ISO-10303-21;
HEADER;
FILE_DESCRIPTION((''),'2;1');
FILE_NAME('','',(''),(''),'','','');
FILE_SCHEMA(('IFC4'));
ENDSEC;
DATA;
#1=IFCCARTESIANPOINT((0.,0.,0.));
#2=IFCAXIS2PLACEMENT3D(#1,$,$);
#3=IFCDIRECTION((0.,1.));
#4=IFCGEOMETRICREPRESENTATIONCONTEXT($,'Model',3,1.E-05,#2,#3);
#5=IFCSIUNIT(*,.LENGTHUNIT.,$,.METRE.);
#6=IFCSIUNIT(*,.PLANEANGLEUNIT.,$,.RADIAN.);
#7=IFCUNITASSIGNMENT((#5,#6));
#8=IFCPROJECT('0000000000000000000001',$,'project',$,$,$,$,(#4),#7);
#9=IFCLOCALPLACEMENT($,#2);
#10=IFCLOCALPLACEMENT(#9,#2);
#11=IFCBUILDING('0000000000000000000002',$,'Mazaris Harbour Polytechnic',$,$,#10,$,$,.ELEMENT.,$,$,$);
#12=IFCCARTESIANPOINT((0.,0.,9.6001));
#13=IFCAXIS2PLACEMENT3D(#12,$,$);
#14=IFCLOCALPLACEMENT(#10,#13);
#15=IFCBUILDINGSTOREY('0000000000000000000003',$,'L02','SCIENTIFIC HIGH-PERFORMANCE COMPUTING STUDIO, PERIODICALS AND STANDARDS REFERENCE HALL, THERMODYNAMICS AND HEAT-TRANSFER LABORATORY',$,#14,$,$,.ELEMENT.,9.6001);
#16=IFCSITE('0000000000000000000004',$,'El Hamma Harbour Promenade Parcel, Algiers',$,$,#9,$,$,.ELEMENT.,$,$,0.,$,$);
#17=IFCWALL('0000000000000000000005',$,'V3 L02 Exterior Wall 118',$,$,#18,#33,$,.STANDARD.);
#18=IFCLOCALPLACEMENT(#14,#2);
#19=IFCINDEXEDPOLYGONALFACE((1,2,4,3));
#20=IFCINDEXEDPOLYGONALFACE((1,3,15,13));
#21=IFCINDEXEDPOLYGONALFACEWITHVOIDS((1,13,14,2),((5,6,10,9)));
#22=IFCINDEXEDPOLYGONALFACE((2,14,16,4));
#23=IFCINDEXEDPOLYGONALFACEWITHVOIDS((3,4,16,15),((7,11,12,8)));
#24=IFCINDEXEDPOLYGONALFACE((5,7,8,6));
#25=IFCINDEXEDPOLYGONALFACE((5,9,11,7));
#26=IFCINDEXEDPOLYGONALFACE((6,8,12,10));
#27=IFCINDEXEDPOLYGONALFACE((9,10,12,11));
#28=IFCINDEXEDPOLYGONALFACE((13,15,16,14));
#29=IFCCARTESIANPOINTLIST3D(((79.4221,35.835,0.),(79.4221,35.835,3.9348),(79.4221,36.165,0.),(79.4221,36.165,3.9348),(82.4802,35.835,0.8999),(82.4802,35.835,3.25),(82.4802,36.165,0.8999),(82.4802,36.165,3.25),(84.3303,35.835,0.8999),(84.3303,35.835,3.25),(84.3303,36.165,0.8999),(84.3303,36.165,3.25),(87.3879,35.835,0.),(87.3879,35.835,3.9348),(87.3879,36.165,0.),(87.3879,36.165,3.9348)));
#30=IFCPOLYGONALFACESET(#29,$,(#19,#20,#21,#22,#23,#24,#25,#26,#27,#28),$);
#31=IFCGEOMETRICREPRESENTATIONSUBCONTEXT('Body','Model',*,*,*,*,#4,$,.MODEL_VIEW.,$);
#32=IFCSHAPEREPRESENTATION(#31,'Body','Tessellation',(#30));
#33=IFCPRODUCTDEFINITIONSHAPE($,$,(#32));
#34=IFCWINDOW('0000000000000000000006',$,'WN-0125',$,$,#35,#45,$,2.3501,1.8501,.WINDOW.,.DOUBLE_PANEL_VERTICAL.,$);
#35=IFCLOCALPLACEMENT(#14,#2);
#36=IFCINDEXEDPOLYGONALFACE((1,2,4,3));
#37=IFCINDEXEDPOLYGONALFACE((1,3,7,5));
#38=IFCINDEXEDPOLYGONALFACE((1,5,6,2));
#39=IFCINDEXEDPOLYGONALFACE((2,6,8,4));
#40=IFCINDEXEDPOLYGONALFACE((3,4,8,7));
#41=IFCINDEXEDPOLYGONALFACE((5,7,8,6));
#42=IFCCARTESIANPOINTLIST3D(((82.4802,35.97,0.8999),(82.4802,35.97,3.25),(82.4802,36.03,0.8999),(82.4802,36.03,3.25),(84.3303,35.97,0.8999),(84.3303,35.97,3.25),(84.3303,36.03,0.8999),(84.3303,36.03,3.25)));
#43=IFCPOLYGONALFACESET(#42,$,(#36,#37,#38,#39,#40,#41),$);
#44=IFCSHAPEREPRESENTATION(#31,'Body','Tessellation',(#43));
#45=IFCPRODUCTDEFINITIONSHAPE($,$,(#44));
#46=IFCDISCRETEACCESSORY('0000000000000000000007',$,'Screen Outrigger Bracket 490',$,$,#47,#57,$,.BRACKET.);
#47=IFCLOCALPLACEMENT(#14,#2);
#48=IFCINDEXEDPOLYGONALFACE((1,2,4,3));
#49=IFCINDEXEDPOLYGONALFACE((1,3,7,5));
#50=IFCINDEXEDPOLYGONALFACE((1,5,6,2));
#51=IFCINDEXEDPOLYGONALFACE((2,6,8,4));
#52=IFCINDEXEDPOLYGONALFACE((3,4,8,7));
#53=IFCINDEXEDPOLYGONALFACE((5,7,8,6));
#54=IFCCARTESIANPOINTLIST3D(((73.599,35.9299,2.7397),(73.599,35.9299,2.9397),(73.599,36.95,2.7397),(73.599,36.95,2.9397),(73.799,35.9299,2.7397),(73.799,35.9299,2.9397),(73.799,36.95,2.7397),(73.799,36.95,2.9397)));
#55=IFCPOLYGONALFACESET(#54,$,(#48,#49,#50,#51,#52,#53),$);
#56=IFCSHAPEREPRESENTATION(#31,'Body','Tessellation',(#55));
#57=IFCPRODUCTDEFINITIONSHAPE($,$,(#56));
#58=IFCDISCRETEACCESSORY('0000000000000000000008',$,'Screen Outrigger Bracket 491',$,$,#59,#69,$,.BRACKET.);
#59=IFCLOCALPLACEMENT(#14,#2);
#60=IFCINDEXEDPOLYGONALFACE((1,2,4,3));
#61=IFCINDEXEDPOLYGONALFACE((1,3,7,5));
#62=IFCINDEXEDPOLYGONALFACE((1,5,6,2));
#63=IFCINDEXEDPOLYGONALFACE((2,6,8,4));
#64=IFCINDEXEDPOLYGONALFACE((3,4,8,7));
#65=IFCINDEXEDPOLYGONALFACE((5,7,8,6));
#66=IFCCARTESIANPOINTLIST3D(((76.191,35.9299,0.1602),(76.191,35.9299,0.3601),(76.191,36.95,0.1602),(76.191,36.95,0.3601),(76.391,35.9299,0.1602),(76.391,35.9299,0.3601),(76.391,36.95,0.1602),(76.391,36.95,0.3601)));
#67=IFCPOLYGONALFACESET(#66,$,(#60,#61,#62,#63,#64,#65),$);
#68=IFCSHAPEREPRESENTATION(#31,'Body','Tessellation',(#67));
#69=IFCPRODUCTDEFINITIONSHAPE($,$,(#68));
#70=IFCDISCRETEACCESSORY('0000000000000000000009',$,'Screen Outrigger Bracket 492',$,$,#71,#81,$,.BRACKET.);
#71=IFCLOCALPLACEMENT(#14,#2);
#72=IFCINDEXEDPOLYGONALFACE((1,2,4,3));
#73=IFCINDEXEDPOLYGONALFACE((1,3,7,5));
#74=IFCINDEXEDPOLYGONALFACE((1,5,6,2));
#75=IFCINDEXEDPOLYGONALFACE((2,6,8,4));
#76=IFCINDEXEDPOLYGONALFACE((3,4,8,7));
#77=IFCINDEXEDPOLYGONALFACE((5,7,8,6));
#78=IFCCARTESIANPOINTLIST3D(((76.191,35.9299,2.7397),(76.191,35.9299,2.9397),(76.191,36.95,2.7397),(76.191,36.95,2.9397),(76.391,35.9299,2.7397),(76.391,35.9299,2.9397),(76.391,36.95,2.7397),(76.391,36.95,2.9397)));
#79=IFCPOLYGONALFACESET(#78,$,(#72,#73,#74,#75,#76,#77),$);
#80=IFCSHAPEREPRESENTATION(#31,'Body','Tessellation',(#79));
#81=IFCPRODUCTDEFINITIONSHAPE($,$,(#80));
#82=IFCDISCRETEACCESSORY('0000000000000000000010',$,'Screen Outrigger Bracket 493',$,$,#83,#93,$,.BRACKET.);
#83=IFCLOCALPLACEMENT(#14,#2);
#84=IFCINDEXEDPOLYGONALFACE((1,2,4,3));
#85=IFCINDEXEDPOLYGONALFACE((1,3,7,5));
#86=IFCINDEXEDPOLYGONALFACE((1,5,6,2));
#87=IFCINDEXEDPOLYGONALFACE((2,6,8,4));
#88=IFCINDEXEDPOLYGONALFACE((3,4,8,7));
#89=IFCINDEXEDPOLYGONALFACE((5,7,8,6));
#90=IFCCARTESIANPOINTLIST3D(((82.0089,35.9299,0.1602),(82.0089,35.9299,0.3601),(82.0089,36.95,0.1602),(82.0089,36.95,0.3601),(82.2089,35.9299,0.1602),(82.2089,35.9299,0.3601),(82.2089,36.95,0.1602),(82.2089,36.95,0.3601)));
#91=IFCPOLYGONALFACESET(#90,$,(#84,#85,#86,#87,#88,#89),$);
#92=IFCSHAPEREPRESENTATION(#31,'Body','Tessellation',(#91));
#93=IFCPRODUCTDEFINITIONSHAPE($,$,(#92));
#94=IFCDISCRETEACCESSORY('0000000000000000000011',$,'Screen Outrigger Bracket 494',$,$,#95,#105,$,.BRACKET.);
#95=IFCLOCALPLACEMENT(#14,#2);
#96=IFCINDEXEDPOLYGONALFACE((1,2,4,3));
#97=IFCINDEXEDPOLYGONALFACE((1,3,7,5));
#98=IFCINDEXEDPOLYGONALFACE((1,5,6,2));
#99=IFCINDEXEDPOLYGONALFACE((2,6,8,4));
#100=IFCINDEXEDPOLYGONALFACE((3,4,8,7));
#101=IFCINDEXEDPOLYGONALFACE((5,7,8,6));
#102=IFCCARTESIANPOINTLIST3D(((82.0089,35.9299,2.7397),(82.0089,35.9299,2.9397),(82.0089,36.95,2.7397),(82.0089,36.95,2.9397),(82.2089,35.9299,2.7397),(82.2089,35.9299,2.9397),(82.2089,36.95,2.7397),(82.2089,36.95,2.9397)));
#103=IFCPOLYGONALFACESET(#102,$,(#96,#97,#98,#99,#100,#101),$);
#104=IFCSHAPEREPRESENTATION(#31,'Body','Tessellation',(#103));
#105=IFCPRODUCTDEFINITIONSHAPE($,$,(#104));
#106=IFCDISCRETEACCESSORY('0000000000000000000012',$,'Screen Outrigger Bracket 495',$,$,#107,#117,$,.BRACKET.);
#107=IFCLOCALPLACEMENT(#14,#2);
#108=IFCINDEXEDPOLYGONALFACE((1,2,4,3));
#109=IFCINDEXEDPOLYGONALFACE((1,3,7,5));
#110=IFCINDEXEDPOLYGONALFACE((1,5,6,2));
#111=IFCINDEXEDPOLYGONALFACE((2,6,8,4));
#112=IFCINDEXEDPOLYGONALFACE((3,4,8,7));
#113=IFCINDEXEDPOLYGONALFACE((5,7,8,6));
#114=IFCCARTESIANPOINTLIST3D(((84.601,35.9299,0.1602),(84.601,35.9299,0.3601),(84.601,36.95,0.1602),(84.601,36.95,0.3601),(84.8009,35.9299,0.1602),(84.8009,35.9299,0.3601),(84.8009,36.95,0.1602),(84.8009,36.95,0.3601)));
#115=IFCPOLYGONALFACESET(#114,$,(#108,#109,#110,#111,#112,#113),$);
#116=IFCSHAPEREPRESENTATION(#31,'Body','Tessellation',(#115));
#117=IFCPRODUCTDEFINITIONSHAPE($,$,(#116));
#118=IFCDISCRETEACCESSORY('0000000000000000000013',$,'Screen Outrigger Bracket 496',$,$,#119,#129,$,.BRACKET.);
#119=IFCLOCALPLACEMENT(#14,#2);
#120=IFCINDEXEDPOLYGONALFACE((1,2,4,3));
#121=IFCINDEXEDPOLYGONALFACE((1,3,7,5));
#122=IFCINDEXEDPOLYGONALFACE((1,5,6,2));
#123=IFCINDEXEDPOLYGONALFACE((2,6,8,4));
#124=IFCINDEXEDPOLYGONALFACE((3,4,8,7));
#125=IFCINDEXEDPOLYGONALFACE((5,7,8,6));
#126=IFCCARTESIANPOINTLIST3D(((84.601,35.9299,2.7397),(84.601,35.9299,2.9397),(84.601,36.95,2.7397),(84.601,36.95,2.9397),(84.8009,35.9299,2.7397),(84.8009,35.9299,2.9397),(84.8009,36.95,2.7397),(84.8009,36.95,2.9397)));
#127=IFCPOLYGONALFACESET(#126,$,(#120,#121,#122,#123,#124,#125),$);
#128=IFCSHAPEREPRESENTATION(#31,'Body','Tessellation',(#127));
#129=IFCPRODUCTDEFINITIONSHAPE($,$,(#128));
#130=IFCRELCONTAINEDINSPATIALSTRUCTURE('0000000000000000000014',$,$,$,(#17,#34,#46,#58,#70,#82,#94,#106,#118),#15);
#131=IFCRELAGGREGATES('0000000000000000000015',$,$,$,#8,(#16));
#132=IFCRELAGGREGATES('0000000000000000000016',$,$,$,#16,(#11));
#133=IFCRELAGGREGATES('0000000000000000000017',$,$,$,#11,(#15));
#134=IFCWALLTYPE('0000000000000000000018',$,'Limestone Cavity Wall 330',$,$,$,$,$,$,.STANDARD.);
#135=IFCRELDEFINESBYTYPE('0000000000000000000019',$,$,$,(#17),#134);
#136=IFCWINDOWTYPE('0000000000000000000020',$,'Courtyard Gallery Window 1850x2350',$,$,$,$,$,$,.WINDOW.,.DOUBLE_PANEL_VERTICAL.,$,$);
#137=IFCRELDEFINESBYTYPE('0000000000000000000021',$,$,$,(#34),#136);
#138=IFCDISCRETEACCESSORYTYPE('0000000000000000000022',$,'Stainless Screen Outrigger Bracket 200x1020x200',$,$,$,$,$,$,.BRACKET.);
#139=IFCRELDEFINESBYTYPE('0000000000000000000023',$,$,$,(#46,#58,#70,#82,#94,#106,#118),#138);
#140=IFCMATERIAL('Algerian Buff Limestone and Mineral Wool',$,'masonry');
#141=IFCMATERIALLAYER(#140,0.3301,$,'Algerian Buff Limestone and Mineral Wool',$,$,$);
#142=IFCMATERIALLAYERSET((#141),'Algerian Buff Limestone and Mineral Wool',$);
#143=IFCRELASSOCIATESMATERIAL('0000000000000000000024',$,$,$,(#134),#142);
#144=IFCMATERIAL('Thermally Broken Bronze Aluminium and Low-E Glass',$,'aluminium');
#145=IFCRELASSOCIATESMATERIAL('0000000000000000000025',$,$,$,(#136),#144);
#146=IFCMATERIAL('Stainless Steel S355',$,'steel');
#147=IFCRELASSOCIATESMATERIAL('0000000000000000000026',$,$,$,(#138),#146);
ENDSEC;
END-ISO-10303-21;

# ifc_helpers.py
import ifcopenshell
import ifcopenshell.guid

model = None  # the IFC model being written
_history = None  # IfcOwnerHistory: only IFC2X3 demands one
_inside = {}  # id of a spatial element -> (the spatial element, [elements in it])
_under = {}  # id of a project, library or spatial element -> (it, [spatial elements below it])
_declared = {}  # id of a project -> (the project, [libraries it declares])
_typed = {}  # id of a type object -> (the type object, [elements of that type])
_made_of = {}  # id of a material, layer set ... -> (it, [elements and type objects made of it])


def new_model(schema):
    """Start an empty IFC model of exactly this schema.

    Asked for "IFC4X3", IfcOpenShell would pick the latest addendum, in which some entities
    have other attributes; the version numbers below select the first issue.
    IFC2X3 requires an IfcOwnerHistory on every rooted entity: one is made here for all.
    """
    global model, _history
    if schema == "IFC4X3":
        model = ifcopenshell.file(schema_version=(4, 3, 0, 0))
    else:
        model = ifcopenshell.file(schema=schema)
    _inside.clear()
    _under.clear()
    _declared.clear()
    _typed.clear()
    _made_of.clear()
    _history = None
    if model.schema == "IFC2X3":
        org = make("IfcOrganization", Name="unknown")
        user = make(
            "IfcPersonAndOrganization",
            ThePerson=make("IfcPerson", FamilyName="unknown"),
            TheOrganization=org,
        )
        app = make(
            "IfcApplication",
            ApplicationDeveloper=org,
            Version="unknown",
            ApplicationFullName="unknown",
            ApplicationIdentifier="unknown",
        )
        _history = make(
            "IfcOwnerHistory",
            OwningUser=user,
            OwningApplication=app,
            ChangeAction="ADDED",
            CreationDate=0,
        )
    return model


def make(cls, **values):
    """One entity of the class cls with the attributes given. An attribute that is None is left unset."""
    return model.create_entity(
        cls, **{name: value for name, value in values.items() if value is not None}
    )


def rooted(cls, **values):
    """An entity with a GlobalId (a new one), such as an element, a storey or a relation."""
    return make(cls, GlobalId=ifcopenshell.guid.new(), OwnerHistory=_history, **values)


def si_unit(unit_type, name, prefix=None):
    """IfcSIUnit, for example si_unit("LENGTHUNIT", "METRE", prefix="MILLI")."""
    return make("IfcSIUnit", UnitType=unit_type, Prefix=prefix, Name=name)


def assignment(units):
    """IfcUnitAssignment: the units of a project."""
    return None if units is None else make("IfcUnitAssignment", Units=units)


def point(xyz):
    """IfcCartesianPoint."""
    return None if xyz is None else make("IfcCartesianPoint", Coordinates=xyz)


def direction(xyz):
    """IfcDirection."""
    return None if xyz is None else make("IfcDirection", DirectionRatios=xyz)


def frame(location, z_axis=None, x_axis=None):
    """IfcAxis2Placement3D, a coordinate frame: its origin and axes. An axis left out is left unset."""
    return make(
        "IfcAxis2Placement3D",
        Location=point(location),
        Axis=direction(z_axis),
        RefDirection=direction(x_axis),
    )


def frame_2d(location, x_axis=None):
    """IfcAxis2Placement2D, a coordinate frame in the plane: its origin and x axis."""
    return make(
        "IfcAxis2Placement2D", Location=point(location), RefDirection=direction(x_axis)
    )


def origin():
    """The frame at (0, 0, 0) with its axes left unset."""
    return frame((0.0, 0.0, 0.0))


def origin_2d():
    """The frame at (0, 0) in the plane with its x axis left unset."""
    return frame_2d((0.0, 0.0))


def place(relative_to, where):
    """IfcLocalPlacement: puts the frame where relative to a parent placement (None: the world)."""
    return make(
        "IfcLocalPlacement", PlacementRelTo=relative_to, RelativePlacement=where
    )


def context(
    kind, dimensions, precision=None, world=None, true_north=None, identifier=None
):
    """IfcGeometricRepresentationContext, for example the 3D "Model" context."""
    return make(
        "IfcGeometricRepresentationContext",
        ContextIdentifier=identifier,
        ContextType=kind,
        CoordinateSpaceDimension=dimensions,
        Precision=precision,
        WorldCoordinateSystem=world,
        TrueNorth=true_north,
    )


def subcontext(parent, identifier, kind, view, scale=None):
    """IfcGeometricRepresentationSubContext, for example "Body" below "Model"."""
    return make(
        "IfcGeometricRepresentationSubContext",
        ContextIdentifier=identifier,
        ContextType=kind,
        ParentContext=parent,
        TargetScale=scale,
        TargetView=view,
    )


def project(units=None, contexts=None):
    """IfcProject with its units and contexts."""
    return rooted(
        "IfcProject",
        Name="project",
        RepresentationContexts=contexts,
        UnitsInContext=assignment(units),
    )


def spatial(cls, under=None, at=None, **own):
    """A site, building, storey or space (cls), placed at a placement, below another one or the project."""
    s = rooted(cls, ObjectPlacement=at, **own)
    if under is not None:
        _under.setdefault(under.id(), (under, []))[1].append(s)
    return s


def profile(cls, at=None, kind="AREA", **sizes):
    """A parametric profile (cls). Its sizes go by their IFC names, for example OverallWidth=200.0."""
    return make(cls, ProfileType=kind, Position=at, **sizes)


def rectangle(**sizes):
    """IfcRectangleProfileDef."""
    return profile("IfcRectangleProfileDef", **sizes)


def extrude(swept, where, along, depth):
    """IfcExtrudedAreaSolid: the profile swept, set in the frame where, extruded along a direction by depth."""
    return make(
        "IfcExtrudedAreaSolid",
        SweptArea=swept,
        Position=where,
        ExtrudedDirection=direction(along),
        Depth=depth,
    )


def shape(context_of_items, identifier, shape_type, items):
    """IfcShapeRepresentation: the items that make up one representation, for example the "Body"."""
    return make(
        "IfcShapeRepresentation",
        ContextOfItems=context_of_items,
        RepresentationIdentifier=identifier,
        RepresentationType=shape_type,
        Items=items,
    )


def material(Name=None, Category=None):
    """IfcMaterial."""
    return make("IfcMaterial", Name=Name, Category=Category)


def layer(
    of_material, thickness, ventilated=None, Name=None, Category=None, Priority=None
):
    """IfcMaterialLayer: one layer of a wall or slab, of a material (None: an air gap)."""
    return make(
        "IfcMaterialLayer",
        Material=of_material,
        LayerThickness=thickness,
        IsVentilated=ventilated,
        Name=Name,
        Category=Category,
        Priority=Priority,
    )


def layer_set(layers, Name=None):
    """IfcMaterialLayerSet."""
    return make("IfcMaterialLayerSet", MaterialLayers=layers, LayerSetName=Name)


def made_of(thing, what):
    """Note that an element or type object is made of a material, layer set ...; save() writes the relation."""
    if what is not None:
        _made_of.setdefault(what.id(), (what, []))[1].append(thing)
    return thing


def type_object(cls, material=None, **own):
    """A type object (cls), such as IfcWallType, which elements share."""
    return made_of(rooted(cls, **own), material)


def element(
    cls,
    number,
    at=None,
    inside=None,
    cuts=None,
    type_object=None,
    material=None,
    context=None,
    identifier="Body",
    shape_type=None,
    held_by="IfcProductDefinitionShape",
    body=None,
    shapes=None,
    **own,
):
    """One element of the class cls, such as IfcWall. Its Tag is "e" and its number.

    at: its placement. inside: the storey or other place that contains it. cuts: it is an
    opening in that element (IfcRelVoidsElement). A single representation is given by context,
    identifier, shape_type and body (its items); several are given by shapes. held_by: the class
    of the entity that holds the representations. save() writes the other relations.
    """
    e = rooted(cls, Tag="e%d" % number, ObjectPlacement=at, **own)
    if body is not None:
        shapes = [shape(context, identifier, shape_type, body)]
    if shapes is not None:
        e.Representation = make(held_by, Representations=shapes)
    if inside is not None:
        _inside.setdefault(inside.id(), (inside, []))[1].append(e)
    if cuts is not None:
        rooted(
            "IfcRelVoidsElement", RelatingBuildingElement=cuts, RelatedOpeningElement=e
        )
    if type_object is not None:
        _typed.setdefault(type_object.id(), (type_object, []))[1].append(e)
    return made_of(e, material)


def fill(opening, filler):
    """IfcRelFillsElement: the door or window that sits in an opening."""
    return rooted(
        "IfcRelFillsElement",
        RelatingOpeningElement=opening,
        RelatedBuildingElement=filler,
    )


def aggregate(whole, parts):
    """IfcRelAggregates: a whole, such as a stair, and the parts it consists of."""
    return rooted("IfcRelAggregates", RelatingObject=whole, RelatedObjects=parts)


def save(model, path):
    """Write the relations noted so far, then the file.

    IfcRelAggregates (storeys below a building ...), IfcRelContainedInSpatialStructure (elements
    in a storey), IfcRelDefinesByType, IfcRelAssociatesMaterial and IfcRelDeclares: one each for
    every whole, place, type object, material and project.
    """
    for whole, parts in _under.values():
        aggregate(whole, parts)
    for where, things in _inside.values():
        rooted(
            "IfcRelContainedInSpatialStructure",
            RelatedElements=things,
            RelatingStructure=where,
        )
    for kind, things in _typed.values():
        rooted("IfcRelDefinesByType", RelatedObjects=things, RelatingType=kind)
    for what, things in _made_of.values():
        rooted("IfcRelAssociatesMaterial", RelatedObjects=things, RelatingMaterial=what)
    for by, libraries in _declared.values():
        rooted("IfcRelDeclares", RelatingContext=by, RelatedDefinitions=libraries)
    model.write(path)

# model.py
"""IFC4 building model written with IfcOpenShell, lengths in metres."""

from ifc_helpers import new_model, si_unit, direction, frame, frame_2d, origin, origin_2d, place, context, subcontext, project, spatial, rectangle, extrude, material, layer, layer_set, type_object, element, fill, save


model = new_model("IFC4")

# Units and contexts
model_context = context("Model", 3, precision=1e-05, world=origin(), true_north=direction((0.0, 1.0)))
body_context = subcontext(model_context, "Body", "Model", "MODEL_VIEW")
ifc_project = project(units=[si_unit("LENGTHUNIT", "METRE"), si_unit("PLANEANGLEUNIT", "RADIAN")], contexts=[model_context])

# Site, building, storey
site_placement = place(None, origin())
site = spatial("IfcSite", under=ifc_project, at=site_placement, Name="El Hamma Harbour Promenade Parcel, Algiers", CompositionType="ELEMENT", RefElevation=0.0)
building_placement = place(site_placement, origin())
building = spatial("IfcBuilding", under=site, at=building_placement, Name="Mazaris Harbour Polytechnic", CompositionType="ELEMENT")
storey_placement = place(building_placement, frame((0.0, 0.0, 9.6001)))
storey = spatial("IfcBuildingStorey", under=building, at=storey_placement, Name="L02", Description="SCIENTIFIC HIGH-PERFORMANCE COMPUTING STUDIO, PERIODICALS AND STANDARDS REFERENCE HALL, THERMODYNAMICS AND HEAT-TRANSFER LABORATORY", CompositionType="ELEMENT", Elevation=9.6001)

# Wall, opening, window
ifc_material_1 = material(Name="Algerian Buff Limestone and Mineral Wool", Category="masonry")
ifc_layer_1 = layer(ifc_material_1, 0.3301, Name="Algerian Buff Limestone and Mineral Wool")
ifc_layer_set_1 = layer_set([ifc_layer_1], Name="Algerian Buff Limestone and Mineral Wool")
wall_type = type_object("IfcWallType", Name="Limestone Cavity Wall 330", PredefinedType="STANDARD", material=ifc_layer_set_1)
wall_placement = place(storey_placement, frame((79.4221, 36.0, 0.0), z_axis=(0.0, 0.0, 1.0), x_axis=(1.0, 0.0, 0.0)))
wall = element("IfcWall", 1, at=wall_placement, inside=storey, type_object=wall_type, Name="V3 L02 Exterior Wall 118", PredefinedType="STANDARD", context=body_context, shape_type="SweptSolid", body=[
    extrude(rectangle(XDim=7.9658, YDim=0.3301, at=frame_2d((3.9829, 0.0))), origin(), (0.0, 0.0, 1.0), 3.9348),
])
opening_placement = place(wall_placement, frame((3.0581, 0.0, 0.8999)))
opening = element("IfcOpeningElement", 2, at=opening_placement, cuts=wall, PredefinedType="OPENING", context=body_context, shape_type="SweptSolid", body=[
    extrude(rectangle(XDim=1.8501, YDim=2.3501, at=frame_2d((0.925, 1.175))), frame((0.0, 0.175, 0.0), z_axis=(0.0, -1.0, 0.0), x_axis=(1.0, 0.0, 0.0)), (0.0, 0.0, 1.0), 0.3501),
])
ifc_material_2 = material(Name="Thermally Broken Bronze Aluminium and Low-E Glass", Category="aluminium")
window_type = type_object("IfcWindowType", Name="Courtyard Gallery Window 1850x2350", PartitioningType="DOUBLE_PANEL_VERTICAL", PredefinedType="WINDOW", material=ifc_material_2)
window_placement = place(opening_placement, origin())
window = element("IfcWindow", 3, at=window_placement, inside=storey, type_object=window_type, Name="WN-0125", OverallHeight=2.3501, OverallWidth=1.8501, PartitioningType="DOUBLE_PANEL_VERTICAL", PredefinedType="WINDOW", context=body_context, shape_type="SweptSolid", body=[
    extrude(rectangle(XDim=1.8501, YDim=2.3501, at=frame_2d((0.925, 1.175))), frame((0.0, 0.03, 0.0), z_axis=(0.0, -1.0, 0.0), x_axis=(1.0, 0.0, 0.0)), (0.0, 0.0, 1.0), 0.0601),
])
fill(opening, window)

# Discrete accessories
ifc_material_3 = material(Name="Stainless Steel S355", Category="steel")
discrete_accessory_type = type_object("IfcDiscreteAccessoryType", Name="Stainless Screen Outrigger Bracket 200x1020x200", PredefinedType="BRACKET", material=ifc_material_3)
for number, where, z_axis, x_axis, name in (
    (4, (73.699, 36.4399, 2.7397), (0.0, 0.0, 1.0), (1.0, 0.0, 0.0), "Screen Outrigger Bracket 490"),
    (5, (76.291, 36.4399, 0.1602), (0.0, 0.0, 1.0), (1.0, 0.0, 0.0), "Screen Outrigger Bracket 491"),
    (6, (76.291, 36.4399, 2.7397), (0.0, 0.0, 1.0), (1.0, 0.0, 0.0), "Screen Outrigger Bracket 492"),
    (7, (82.1089, 36.4399, 0.1602), (0.0, 0.0, 1.0), (1.0, 0.0, 0.0), "Screen Outrigger Bracket 493"),
    (8, (82.1089, 36.4399, 2.7397), (0.0, 0.0, 1.0), (1.0, 0.0, 0.0), "Screen Outrigger Bracket 494"),
    (9, (84.7009, 36.4399, 0.1602), (0.0, 0.0, 1.0), (1.0, 0.0, 0.0), "Screen Outrigger Bracket 495"),
    (10, (84.7009, 36.4399, 2.7397), (0.0, 0.0, 1.0), (1.0, 0.0, 0.0), "Screen Outrigger Bracket 496"),
):
    element("IfcDiscreteAccessory", number, at=place(storey_placement, frame(where, z_axis=z_axis, x_axis=x_axis)), inside=storey, type_object=discrete_accessory_type, Name=name, PredefinedType="BRACKET", context=body_context, shape_type="SweptSolid", body=[
        extrude(rectangle(XDim=0.2, YDim=1.02, at=origin_2d()), origin(), (0.0, 0.0, 1.0), 0.2),
    ])

save(model, "model.ifc")
